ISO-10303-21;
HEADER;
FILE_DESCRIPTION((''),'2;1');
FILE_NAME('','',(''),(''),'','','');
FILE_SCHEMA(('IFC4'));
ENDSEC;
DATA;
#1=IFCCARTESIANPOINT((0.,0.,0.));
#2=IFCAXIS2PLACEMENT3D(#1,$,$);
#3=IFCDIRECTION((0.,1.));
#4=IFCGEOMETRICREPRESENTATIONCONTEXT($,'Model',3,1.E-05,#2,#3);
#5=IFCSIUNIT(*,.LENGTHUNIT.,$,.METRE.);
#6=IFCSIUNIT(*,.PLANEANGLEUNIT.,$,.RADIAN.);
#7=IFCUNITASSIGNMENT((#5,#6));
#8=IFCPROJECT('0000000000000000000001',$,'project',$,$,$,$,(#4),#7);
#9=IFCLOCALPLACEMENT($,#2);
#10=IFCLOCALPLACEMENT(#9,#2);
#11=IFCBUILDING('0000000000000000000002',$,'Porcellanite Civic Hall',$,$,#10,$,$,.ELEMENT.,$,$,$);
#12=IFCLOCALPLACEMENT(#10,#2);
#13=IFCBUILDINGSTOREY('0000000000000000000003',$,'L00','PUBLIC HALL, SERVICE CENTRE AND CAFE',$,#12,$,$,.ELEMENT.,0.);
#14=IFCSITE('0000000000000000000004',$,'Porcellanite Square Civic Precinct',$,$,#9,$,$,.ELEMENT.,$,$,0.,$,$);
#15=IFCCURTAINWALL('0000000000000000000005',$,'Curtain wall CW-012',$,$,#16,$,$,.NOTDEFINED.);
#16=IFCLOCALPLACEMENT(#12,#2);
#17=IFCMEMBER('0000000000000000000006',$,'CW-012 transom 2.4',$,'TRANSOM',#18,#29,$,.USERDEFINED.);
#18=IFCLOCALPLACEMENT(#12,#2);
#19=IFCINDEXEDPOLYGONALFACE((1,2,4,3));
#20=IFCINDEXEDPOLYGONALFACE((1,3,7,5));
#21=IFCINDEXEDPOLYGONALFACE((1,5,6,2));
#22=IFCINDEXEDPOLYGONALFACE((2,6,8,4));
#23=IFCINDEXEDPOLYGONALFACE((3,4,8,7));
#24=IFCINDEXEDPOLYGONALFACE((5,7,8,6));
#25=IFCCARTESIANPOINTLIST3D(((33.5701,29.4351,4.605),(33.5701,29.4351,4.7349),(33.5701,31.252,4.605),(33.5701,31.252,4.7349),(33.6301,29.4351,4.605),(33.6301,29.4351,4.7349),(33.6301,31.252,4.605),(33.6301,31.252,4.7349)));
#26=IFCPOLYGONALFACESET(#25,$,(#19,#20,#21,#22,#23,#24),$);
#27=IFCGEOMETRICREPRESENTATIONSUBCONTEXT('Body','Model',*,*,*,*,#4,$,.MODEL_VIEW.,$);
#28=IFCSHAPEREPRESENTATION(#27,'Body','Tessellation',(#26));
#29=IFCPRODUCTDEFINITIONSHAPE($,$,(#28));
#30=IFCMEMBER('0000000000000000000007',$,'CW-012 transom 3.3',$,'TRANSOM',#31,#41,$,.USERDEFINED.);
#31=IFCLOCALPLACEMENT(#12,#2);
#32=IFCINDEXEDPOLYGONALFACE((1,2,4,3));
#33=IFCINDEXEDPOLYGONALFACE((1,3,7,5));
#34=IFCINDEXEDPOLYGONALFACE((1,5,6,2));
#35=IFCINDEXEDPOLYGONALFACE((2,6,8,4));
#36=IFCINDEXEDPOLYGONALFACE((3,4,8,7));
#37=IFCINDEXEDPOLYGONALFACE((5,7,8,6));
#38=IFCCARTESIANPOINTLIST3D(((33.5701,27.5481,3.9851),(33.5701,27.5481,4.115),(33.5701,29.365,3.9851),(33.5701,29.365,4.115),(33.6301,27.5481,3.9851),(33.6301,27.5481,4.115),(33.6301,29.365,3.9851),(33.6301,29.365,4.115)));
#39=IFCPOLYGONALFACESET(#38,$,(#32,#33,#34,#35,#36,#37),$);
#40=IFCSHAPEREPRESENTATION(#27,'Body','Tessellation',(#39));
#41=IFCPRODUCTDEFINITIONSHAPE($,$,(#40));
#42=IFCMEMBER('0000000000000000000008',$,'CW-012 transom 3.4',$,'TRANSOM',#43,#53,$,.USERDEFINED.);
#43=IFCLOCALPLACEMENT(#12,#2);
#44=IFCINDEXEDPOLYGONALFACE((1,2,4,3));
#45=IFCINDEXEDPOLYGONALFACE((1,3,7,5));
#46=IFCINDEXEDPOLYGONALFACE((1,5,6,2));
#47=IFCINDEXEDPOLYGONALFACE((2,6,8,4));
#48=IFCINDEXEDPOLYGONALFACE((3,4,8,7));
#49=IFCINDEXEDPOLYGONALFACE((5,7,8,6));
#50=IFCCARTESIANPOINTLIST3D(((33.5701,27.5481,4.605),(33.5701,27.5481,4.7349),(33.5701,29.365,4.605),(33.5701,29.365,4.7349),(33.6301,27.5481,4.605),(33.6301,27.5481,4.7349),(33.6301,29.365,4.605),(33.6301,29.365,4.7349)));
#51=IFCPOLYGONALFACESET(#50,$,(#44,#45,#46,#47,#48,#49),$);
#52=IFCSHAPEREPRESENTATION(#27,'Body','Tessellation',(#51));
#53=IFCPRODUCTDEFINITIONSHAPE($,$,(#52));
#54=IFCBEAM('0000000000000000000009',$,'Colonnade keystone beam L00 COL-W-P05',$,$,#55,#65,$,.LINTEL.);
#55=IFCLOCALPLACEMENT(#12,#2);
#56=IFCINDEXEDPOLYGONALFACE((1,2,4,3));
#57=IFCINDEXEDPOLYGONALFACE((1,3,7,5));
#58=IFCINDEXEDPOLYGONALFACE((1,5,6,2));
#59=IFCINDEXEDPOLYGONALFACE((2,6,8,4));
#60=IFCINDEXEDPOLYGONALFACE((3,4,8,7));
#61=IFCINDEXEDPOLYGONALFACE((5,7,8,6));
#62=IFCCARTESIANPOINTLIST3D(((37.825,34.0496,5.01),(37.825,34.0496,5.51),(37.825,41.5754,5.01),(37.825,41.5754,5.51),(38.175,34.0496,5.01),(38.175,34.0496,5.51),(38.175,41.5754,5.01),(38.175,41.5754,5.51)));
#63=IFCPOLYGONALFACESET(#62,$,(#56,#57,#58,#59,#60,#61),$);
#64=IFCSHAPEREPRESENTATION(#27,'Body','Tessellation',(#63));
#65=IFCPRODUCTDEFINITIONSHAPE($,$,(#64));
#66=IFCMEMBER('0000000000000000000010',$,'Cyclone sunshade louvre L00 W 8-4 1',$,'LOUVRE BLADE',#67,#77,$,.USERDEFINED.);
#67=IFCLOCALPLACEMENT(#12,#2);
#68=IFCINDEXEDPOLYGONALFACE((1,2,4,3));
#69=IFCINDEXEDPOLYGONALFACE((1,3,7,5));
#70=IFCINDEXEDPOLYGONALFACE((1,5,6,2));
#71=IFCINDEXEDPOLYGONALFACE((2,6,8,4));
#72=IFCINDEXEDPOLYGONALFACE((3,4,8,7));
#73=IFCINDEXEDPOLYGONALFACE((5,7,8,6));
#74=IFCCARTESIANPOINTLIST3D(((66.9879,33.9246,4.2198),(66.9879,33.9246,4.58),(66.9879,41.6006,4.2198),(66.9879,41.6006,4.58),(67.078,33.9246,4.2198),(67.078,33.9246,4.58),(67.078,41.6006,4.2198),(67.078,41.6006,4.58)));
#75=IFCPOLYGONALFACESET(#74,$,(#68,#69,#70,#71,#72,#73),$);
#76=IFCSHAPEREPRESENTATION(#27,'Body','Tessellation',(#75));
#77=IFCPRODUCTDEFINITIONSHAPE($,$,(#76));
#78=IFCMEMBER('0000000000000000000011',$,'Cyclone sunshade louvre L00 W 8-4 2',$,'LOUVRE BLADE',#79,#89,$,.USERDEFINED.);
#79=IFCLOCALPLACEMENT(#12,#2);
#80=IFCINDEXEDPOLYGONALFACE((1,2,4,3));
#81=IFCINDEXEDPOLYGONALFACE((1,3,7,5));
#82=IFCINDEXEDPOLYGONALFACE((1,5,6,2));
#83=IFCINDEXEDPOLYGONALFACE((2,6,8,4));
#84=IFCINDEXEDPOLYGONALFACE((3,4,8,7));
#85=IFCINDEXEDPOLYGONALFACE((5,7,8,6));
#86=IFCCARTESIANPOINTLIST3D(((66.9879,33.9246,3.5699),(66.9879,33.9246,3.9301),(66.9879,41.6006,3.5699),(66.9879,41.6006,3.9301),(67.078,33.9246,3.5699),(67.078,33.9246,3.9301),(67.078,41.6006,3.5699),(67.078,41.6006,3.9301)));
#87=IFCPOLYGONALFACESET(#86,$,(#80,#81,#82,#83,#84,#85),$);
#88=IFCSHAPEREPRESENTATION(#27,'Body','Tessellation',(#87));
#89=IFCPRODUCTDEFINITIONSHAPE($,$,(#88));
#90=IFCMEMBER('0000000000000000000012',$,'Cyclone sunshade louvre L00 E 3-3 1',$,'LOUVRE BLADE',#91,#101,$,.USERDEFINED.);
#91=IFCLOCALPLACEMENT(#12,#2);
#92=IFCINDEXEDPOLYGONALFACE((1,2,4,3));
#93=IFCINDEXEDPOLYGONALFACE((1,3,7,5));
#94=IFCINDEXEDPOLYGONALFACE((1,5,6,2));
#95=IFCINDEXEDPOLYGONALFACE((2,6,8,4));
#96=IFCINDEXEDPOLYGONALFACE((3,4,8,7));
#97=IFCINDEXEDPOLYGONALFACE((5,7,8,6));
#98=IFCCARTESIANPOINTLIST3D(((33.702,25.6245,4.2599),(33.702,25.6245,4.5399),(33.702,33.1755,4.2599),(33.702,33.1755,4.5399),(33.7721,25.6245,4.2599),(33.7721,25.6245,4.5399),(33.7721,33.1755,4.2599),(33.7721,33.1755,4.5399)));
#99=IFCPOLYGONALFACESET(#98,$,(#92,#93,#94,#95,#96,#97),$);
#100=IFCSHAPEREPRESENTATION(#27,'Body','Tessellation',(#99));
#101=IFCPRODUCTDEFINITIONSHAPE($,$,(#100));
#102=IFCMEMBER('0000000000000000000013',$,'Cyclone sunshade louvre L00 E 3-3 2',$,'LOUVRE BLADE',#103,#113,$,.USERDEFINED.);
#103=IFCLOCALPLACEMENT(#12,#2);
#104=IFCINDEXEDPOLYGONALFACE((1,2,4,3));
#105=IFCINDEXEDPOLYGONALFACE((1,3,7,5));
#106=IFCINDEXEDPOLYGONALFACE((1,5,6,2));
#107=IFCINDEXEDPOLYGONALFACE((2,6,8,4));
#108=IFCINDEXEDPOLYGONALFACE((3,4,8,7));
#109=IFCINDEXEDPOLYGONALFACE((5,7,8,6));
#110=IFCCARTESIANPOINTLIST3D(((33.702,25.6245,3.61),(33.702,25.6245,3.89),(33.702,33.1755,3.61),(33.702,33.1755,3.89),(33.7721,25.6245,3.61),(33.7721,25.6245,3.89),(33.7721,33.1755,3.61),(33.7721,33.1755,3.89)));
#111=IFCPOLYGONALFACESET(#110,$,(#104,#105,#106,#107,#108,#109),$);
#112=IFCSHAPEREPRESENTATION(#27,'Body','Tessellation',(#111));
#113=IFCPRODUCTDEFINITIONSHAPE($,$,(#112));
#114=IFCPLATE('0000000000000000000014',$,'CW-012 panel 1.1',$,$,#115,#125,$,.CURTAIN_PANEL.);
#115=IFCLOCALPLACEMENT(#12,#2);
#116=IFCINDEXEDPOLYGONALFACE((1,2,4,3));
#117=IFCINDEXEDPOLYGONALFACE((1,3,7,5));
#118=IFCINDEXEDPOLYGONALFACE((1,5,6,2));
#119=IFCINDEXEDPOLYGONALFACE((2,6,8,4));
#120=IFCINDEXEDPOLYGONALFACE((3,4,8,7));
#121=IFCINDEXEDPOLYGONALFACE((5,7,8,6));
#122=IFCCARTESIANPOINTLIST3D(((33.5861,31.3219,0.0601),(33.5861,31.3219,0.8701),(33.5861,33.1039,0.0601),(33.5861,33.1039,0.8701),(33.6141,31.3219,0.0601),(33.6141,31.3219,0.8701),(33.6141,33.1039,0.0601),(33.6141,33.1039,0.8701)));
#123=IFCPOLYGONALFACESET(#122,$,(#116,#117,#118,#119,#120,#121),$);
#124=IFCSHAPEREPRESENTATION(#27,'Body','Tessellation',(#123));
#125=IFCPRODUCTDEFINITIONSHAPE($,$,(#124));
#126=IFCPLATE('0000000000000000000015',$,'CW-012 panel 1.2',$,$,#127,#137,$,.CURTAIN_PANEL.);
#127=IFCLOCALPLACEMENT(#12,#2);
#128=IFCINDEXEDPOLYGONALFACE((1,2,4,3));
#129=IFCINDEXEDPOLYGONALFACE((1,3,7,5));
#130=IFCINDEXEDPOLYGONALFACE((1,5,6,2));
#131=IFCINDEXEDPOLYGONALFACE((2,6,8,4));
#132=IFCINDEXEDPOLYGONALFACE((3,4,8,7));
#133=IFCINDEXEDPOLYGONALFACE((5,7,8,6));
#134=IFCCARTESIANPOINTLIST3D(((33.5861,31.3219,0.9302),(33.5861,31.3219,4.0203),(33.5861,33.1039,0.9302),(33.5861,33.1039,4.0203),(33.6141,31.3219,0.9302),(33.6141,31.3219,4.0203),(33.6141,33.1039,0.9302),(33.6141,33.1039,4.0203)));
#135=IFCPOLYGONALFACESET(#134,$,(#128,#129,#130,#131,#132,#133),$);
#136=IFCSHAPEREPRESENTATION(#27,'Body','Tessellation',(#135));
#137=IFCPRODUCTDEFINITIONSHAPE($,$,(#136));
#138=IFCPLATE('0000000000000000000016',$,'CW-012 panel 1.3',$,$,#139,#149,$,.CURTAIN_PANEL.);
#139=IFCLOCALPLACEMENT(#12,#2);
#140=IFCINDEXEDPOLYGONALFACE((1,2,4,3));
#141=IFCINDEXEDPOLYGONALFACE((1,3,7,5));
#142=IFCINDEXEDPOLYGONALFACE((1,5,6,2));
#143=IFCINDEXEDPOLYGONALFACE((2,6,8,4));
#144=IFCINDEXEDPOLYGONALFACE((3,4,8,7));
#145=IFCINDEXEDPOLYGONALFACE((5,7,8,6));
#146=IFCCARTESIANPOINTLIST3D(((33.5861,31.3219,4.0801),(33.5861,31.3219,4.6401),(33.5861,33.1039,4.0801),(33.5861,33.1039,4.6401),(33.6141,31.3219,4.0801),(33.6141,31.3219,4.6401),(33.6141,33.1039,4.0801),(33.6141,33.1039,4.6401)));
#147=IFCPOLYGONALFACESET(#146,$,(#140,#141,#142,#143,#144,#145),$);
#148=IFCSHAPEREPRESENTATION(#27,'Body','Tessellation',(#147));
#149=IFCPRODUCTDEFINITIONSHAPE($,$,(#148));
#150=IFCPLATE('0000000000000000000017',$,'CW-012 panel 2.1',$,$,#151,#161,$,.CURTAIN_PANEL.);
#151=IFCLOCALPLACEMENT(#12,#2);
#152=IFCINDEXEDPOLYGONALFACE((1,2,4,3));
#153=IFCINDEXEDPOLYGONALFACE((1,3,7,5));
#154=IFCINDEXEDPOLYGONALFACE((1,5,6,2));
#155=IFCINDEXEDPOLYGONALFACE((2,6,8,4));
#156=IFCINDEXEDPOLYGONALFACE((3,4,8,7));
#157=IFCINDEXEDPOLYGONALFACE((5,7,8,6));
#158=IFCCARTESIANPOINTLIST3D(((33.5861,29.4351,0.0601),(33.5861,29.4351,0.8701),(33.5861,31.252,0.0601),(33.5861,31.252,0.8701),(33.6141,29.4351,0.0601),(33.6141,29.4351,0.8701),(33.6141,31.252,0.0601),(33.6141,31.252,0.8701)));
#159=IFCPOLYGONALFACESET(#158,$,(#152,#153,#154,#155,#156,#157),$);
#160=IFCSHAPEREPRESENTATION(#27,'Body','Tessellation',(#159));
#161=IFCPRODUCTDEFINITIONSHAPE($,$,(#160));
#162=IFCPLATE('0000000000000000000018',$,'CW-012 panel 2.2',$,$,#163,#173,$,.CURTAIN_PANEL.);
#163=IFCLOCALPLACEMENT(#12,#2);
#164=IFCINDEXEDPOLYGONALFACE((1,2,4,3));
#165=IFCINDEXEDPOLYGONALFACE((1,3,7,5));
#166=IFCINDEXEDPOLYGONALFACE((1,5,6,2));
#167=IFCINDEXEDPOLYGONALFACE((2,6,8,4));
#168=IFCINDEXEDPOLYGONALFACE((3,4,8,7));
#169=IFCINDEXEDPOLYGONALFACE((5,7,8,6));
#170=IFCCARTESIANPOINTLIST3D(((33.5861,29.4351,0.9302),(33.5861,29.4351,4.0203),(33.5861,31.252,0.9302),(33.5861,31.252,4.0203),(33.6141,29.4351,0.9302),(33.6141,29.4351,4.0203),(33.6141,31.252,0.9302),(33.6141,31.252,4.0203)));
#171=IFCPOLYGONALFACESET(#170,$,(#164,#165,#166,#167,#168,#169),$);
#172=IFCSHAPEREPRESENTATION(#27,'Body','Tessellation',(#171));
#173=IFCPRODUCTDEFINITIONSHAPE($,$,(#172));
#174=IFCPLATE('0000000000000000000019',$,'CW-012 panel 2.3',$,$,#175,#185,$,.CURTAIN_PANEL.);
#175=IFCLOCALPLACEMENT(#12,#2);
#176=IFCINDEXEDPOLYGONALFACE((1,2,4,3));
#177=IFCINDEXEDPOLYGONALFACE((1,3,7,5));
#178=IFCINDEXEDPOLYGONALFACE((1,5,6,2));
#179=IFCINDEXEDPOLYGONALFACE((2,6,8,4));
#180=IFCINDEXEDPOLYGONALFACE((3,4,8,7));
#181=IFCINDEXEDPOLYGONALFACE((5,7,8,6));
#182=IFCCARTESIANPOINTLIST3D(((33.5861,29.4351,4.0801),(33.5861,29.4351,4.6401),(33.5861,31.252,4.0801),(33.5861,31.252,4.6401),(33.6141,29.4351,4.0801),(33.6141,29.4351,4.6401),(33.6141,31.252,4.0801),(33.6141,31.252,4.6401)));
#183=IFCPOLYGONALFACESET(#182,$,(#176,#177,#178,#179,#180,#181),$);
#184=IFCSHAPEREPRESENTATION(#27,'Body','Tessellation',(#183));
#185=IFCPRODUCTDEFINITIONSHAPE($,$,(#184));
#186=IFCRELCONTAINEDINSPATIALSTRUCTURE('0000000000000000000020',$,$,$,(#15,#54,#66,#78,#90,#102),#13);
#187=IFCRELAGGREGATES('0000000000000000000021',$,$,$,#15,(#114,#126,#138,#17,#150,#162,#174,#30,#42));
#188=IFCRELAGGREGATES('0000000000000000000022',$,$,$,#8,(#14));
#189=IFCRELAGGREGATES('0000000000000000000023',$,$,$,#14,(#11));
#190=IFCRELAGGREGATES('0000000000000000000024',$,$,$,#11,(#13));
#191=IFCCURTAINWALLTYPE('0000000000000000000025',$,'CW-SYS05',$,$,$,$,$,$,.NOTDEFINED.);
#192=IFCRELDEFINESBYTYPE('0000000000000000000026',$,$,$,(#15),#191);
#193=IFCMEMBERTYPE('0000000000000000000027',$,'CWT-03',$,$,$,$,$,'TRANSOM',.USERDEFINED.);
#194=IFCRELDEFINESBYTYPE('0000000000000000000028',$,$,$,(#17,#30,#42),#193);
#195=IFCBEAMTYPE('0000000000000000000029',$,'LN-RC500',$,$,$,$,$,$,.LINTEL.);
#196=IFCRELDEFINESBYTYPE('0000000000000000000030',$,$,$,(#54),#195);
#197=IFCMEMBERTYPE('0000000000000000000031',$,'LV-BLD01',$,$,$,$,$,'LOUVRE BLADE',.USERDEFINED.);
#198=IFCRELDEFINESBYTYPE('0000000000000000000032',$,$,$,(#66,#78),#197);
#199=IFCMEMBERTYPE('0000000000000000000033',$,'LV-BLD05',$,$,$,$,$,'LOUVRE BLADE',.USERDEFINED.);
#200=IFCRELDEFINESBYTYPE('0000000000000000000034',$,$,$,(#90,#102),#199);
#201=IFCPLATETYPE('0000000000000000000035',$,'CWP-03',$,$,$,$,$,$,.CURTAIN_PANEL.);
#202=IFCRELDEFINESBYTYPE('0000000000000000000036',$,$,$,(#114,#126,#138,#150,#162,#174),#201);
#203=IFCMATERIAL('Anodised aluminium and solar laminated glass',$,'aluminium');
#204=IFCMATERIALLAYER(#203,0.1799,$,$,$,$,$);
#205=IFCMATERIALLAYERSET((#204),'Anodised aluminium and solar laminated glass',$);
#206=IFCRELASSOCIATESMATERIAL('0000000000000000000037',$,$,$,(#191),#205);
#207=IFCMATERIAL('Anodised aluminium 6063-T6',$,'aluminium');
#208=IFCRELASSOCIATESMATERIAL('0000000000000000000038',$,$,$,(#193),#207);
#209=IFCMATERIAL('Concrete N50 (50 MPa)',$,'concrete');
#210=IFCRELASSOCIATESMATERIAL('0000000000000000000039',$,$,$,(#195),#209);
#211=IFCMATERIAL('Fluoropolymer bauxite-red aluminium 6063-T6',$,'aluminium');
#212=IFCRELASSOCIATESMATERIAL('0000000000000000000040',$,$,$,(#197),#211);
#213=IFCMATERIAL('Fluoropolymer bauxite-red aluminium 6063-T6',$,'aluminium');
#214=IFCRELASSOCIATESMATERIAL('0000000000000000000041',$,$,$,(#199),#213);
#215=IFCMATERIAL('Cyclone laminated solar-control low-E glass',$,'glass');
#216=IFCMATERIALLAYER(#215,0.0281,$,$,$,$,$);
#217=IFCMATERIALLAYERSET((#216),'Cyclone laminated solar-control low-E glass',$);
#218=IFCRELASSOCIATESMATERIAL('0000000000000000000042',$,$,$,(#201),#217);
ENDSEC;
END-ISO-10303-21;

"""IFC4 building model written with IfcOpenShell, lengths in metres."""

from ifc_helpers import new_model, si_unit, direction, frame, origin, origin_2d, place, context, subcontext, project, spatial, rectangle, extrude, material, layer, layer_set, material_profile, profile_set, type_object, element, aggregate, save


model = new_model("IFC4")

# Units and contexts
model_context = context("Model", 3, precision=1e-05, world=origin(), true_north=direction((0.0, 1.0)))
body_context = subcontext(model_context, "Body", "Model", "MODEL_VIEW")
ifc_project = project(units=[si_unit("LENGTHUNIT", "METRE"), si_unit("PLANEANGLEUNIT", "RADIAN")], contexts=[model_context])

# Site, building, storey
site_placement = place(None, origin())
site = spatial("IfcSite", under=ifc_project, at=site_placement, Name="Porcellanite Square Civic Precinct", CompositionType="ELEMENT", RefElevation=0.0)
building_placement = place(site_placement, origin())
building = spatial("IfcBuilding", under=site, at=building_placement, Name="Porcellanite Civic Hall", CompositionType="ELEMENT")
storey_placement = place(building_placement, origin())
storey = spatial("IfcBuildingStorey", under=building, at=storey_placement, Name="L00", Description="PUBLIC HALL, SERVICE CENTRE AND CAFE", CompositionType="ELEMENT", Elevation=0.0)

# Curtain wall, members
ifc_material_1 = material(Name="Anodised aluminium and solar laminated glass", Category="aluminium")
ifc_layer_1 = layer(ifc_material_1, 0.1799)
ifc_layer_set_1 = layer_set([ifc_layer_1], Name="Anodised aluminium and solar laminated glass")
curtain_wall_type = type_object("IfcCurtainWallType", Name="CW-SYS05", PredefinedType="NOTDEFINED", material=ifc_layer_set_1)
curtain_wall_placement = place(storey_placement, origin())
curtain_wall = element("IfcCurtainWall", 1, at=curtain_wall_placement, inside=storey, type_object=curtain_wall_type, Name="Curtain wall CW-012", PredefinedType="NOTDEFINED")
ifc_material_2 = material(Name="Anodised aluminium 6063-T6", Category="aluminium")
ifc_material_profile_1 = material_profile(ifc_material_2, rectangle(XDim=0.0601, YDim=0.1299, at=origin_2d()), Name="AL-60x130")
ifc_profile_set_1 = profile_set([ifc_material_profile_1], Name="Anodised aluminium 6063-T6")
member_type_1 = type_object("IfcMemberType", Name="CWT-03", ElementType="TRANSOM", PredefinedType="USERDEFINED", material=ifc_profile_set_1)
member_1_placement = place(storey_placement, frame((33.6001, 31.252, 4.6699), z_axis=(0.0, -1.0, 0.0), x_axis=(1.0, 0.0, 0.0)))
member_1 = element("IfcMember", 2, at=member_1_placement, type_object=member_type_1, Name="CW-012 transom 2.4", ObjectType="TRANSOM", PredefinedType="USERDEFINED", context=body_context, shape_type="SweptSolid", body=[
    extrude(rectangle(XDim=0.0601, YDim=0.1299, at=origin_2d()), origin(), (0.0, 0.0, 1.0), 1.8169),
])
member_2_placement = place(storey_placement, frame((33.6001, 29.365, 4.05), z_axis=(0.0, -1.0, 0.0), x_axis=(1.0, 0.0, 0.0)))
member_2 = element("IfcMember", 3, at=member_2_placement, type_object=member_type_1, Name="CW-012 transom 3.3", ObjectType="TRANSOM", PredefinedType="USERDEFINED", context=body_context, shape_type="SweptSolid", body=[
    extrude(rectangle(XDim=0.0601, YDim=0.1299, at=origin_2d()), origin(), (0.0, 0.0, 1.0), 1.8169),
])
member_3_placement = place(storey_placement, frame((33.6001, 29.365, 4.6699), z_axis=(0.0, -1.0, 0.0), x_axis=(1.0, 0.0, 0.0)))
member_3 = element("IfcMember", 4, at=member_3_placement, type_object=member_type_1, Name="CW-012 transom 3.4", ObjectType="TRANSOM", PredefinedType="USERDEFINED", context=body_context, shape_type="SweptSolid", body=[
    extrude(rectangle(XDim=0.0601, YDim=0.1299, at=origin_2d()), origin(), (0.0, 0.0, 1.0), 1.8169),
])

# Beam
ifc_material_3 = material(Name="Concrete N50 (50 MPa)", Category="concrete")
ifc_material_profile_2 = material_profile(ifc_material_3, rectangle(XDim=0.3501, YDim=0.5, at=origin_2d()), Name="RC-350x500")
ifc_profile_set_2 = profile_set([ifc_material_profile_2], Name="Concrete N50 (50 MPa)")
beam_type_1 = type_object("IfcBeamType", Name="LN-RC500", PredefinedType="LINTEL", material=ifc_profile_set_2)
beam_1_placement = place(storey_placement, frame((38.0, 34.0496, 5.26), z_axis=(0.0, 1.0, 0.0), x_axis=(-1.0, 0.0, 0.0)))
element("IfcBeam", 5, at=beam_1_placement, inside=storey, type_object=beam_type_1, Name="Colonnade keystone beam L00 COL-W-P05", PredefinedType="LINTEL", context=body_context, shape_type="SweptSolid", body=[
    extrude(rectangle(XDim=0.3501, YDim=0.5, at=origin_2d()), origin(), (0.0, 0.0, 1.0), 7.5259),
])

# Members
ifc_material_4 = material(Name="Fluoropolymer bauxite-red aluminium 6063-T6", Category="aluminium")
ifc_material_profile_3 = material_profile(ifc_material_4, rectangle(XDim=0.0901, YDim=0.3601, at=origin_2d()), Name="AL-90x360")
ifc_profile_set_3 = profile_set([ifc_material_profile_3], Name="Fluoropolymer bauxite-red aluminium 6063-T6")
member_type_2 = type_object("IfcMemberType", Name="LV-BLD01", ElementType="LOUVRE BLADE", PredefinedType="USERDEFINED", material=ifc_profile_set_3)
for number, where, z_axis, x_axis, name in (
    (6, (67.033, 33.9246, 4.3999), (0.0, 1.0, 0.0), (-1.0, 0.0, 0.0), "Cyclone sunshade louvre L00 W 8-4 1"),
    (7, (67.033, 33.9246, 3.75), (0.0, 1.0, 0.0), (-1.0, 0.0, 0.0), "Cyclone sunshade louvre L00 W 8-4 2"),
):
    element("IfcMember", number, at=place(storey_placement, frame(where, z_axis=z_axis, x_axis=x_axis)), inside=storey, type_object=member_type_2, Name=name, ObjectType="LOUVRE BLADE", PredefinedType="USERDEFINED", context=body_context, shape_type="SweptSolid", body=[
        extrude(rectangle(XDim=0.0901, YDim=0.3601, at=origin_2d()), origin(), (0.0, 0.0, 1.0), 7.676),
    ])
ifc_material_5 = material(Name="Fluoropolymer bauxite-red aluminium 6063-T6", Category="aluminium")
ifc_material_profile_4 = material_profile(ifc_material_5, rectangle(XDim=0.0701, YDim=0.28, at=origin_2d()), Name="AL-70x280")
ifc_profile_set_4 = profile_set([ifc_material_profile_4], Name="Fluoropolymer bauxite-red aluminium 6063-T6")
member_type_3 = type_object("IfcMemberType", Name="LV-BLD05", ElementType="LOUVRE BLADE", PredefinedType="USERDEFINED", material=ifc_profile_set_4)
for number, where, z_axis, x_axis, name in (
    (8, (33.7371, 33.1755, 4.3999), (0.0, -1.0, 0.0), (1.0, 0.0, 0.0), "Cyclone sunshade louvre L00 E 3-3 1"),
    (9, (33.7371, 33.1755, 3.75), (0.0, -1.0, 0.0), (1.0, 0.0, 0.0), "Cyclone sunshade louvre L00 E 3-3 2"),
):
    element("IfcMember", number, at=place(storey_placement, frame(where, z_axis=z_axis, x_axis=x_axis)), inside=storey, type_object=member_type_3, Name=name, ObjectType="LOUVRE BLADE", PredefinedType="USERDEFINED", context=body_context, shape_type="SweptSolid", body=[
        extrude(rectangle(XDim=0.0701, YDim=0.28, at=origin_2d()), origin(), (0.0, 0.0, 1.0), 7.551),
    ])

# Plates
ifc_material_6 = material(Name="Cyclone laminated solar-control low-E glass", Category="glass")
ifc_layer_2 = layer(ifc_material_6, 0.0281)
ifc_layer_set_2 = layer_set([ifc_layer_2], Name="Cyclone laminated solar-control low-E glass")
plate_type = type_object("IfcPlateType", Name="CWP-03", PredefinedType="CURTAIN_PANEL", material=ifc_layer_set_2)
plate_1_placement = place(storey_placement, frame((33.6001, 32.2129, 0.0601), z_axis=(0.0, 0.0, 1.0), x_axis=(0.0, -1.0, 0.0)))
plate_1 = element("IfcPlate", 10, at=plate_1_placement, type_object=plate_type, Name="CW-012 panel 1.1", PredefinedType="CURTAIN_PANEL", context=body_context, shape_type="SweptSolid", body=[
    extrude(rectangle(XDim=1.782, YDim=0.0281, at=origin_2d()), origin(), (0.0, 0.0, 1.0), 0.8101),
])
plate_2_placement = place(storey_placement, frame((33.6001, 32.2129, 0.9302), z_axis=(0.0, 0.0, 1.0), x_axis=(0.0, -1.0, 0.0)))
plate_2 = element("IfcPlate", 11, at=plate_2_placement, type_object=plate_type, Name="CW-012 panel 1.2", PredefinedType="CURTAIN_PANEL", context=body_context, shape_type="SweptSolid", body=[
    extrude(rectangle(XDim=1.782, YDim=0.0281, at=origin_2d()), origin(), (0.0, 0.0, 1.0), 3.0901),
])
plate_3_placement = place(storey_placement, frame((33.6001, 32.2129, 4.0801), z_axis=(0.0, 0.0, 1.0), x_axis=(0.0, -1.0, 0.0)))
plate_3 = element("IfcPlate", 12, at=plate_3_placement, type_object=plate_type, Name="CW-012 panel 1.3", PredefinedType="CURTAIN_PANEL", context=body_context, shape_type="SweptSolid", body=[
    extrude(rectangle(XDim=1.782, YDim=0.0281, at=origin_2d()), origin(), (0.0, 0.0, 1.0), 0.5601),
])
plate_4_placement = place(storey_placement, frame((33.6001, 30.3435, 0.0601), z_axis=(0.0, 0.0, 1.0), x_axis=(0.0, -1.0, 0.0)))
plate_4 = element("IfcPlate", 13, at=plate_4_placement, type_object=plate_type, Name="CW-012 panel 2.1", PredefinedType="CURTAIN_PANEL", context=body_context, shape_type="SweptSolid", body=[
    extrude(rectangle(XDim=1.8169, YDim=0.0281, at=origin_2d()), origin(), (0.0, 0.0, 1.0), 0.8101),
])
plate_5_placement = place(storey_placement, frame((33.6001, 30.3435, 0.9302), z_axis=(0.0, 0.0, 1.0), x_axis=(0.0, -1.0, 0.0)))
plate_5 = element("IfcPlate", 14, at=plate_5_placement, type_object=plate_type, Name="CW-012 panel 2.2", PredefinedType="CURTAIN_PANEL", context=body_context, shape_type="SweptSolid", body=[
    extrude(rectangle(XDim=1.8169, YDim=0.0281, at=origin_2d()), origin(), (0.0, 0.0, 1.0), 3.0901),
])
plate_6_placement = place(storey_placement, frame((33.6001, 30.3435, 4.0801), z_axis=(0.0, 0.0, 1.0), x_axis=(0.0, -1.0, 0.0)))
plate_6 = element("IfcPlate", 15, at=plate_6_placement, type_object=plate_type, Name="CW-012 panel 2.3", PredefinedType="CURTAIN_PANEL", context=body_context, shape_type="SweptSolid", body=[
    extrude(rectangle(XDim=1.8169, YDim=0.0281, at=origin_2d()), origin(), (0.0, 0.0, 1.0), 0.5601),
])
aggregate(curtain_wall, [plate_1, plate_2, plate_3, member_1, plate_4, plate_5, plate_6, member_2, member_3])

save(model, "model.ifc")
